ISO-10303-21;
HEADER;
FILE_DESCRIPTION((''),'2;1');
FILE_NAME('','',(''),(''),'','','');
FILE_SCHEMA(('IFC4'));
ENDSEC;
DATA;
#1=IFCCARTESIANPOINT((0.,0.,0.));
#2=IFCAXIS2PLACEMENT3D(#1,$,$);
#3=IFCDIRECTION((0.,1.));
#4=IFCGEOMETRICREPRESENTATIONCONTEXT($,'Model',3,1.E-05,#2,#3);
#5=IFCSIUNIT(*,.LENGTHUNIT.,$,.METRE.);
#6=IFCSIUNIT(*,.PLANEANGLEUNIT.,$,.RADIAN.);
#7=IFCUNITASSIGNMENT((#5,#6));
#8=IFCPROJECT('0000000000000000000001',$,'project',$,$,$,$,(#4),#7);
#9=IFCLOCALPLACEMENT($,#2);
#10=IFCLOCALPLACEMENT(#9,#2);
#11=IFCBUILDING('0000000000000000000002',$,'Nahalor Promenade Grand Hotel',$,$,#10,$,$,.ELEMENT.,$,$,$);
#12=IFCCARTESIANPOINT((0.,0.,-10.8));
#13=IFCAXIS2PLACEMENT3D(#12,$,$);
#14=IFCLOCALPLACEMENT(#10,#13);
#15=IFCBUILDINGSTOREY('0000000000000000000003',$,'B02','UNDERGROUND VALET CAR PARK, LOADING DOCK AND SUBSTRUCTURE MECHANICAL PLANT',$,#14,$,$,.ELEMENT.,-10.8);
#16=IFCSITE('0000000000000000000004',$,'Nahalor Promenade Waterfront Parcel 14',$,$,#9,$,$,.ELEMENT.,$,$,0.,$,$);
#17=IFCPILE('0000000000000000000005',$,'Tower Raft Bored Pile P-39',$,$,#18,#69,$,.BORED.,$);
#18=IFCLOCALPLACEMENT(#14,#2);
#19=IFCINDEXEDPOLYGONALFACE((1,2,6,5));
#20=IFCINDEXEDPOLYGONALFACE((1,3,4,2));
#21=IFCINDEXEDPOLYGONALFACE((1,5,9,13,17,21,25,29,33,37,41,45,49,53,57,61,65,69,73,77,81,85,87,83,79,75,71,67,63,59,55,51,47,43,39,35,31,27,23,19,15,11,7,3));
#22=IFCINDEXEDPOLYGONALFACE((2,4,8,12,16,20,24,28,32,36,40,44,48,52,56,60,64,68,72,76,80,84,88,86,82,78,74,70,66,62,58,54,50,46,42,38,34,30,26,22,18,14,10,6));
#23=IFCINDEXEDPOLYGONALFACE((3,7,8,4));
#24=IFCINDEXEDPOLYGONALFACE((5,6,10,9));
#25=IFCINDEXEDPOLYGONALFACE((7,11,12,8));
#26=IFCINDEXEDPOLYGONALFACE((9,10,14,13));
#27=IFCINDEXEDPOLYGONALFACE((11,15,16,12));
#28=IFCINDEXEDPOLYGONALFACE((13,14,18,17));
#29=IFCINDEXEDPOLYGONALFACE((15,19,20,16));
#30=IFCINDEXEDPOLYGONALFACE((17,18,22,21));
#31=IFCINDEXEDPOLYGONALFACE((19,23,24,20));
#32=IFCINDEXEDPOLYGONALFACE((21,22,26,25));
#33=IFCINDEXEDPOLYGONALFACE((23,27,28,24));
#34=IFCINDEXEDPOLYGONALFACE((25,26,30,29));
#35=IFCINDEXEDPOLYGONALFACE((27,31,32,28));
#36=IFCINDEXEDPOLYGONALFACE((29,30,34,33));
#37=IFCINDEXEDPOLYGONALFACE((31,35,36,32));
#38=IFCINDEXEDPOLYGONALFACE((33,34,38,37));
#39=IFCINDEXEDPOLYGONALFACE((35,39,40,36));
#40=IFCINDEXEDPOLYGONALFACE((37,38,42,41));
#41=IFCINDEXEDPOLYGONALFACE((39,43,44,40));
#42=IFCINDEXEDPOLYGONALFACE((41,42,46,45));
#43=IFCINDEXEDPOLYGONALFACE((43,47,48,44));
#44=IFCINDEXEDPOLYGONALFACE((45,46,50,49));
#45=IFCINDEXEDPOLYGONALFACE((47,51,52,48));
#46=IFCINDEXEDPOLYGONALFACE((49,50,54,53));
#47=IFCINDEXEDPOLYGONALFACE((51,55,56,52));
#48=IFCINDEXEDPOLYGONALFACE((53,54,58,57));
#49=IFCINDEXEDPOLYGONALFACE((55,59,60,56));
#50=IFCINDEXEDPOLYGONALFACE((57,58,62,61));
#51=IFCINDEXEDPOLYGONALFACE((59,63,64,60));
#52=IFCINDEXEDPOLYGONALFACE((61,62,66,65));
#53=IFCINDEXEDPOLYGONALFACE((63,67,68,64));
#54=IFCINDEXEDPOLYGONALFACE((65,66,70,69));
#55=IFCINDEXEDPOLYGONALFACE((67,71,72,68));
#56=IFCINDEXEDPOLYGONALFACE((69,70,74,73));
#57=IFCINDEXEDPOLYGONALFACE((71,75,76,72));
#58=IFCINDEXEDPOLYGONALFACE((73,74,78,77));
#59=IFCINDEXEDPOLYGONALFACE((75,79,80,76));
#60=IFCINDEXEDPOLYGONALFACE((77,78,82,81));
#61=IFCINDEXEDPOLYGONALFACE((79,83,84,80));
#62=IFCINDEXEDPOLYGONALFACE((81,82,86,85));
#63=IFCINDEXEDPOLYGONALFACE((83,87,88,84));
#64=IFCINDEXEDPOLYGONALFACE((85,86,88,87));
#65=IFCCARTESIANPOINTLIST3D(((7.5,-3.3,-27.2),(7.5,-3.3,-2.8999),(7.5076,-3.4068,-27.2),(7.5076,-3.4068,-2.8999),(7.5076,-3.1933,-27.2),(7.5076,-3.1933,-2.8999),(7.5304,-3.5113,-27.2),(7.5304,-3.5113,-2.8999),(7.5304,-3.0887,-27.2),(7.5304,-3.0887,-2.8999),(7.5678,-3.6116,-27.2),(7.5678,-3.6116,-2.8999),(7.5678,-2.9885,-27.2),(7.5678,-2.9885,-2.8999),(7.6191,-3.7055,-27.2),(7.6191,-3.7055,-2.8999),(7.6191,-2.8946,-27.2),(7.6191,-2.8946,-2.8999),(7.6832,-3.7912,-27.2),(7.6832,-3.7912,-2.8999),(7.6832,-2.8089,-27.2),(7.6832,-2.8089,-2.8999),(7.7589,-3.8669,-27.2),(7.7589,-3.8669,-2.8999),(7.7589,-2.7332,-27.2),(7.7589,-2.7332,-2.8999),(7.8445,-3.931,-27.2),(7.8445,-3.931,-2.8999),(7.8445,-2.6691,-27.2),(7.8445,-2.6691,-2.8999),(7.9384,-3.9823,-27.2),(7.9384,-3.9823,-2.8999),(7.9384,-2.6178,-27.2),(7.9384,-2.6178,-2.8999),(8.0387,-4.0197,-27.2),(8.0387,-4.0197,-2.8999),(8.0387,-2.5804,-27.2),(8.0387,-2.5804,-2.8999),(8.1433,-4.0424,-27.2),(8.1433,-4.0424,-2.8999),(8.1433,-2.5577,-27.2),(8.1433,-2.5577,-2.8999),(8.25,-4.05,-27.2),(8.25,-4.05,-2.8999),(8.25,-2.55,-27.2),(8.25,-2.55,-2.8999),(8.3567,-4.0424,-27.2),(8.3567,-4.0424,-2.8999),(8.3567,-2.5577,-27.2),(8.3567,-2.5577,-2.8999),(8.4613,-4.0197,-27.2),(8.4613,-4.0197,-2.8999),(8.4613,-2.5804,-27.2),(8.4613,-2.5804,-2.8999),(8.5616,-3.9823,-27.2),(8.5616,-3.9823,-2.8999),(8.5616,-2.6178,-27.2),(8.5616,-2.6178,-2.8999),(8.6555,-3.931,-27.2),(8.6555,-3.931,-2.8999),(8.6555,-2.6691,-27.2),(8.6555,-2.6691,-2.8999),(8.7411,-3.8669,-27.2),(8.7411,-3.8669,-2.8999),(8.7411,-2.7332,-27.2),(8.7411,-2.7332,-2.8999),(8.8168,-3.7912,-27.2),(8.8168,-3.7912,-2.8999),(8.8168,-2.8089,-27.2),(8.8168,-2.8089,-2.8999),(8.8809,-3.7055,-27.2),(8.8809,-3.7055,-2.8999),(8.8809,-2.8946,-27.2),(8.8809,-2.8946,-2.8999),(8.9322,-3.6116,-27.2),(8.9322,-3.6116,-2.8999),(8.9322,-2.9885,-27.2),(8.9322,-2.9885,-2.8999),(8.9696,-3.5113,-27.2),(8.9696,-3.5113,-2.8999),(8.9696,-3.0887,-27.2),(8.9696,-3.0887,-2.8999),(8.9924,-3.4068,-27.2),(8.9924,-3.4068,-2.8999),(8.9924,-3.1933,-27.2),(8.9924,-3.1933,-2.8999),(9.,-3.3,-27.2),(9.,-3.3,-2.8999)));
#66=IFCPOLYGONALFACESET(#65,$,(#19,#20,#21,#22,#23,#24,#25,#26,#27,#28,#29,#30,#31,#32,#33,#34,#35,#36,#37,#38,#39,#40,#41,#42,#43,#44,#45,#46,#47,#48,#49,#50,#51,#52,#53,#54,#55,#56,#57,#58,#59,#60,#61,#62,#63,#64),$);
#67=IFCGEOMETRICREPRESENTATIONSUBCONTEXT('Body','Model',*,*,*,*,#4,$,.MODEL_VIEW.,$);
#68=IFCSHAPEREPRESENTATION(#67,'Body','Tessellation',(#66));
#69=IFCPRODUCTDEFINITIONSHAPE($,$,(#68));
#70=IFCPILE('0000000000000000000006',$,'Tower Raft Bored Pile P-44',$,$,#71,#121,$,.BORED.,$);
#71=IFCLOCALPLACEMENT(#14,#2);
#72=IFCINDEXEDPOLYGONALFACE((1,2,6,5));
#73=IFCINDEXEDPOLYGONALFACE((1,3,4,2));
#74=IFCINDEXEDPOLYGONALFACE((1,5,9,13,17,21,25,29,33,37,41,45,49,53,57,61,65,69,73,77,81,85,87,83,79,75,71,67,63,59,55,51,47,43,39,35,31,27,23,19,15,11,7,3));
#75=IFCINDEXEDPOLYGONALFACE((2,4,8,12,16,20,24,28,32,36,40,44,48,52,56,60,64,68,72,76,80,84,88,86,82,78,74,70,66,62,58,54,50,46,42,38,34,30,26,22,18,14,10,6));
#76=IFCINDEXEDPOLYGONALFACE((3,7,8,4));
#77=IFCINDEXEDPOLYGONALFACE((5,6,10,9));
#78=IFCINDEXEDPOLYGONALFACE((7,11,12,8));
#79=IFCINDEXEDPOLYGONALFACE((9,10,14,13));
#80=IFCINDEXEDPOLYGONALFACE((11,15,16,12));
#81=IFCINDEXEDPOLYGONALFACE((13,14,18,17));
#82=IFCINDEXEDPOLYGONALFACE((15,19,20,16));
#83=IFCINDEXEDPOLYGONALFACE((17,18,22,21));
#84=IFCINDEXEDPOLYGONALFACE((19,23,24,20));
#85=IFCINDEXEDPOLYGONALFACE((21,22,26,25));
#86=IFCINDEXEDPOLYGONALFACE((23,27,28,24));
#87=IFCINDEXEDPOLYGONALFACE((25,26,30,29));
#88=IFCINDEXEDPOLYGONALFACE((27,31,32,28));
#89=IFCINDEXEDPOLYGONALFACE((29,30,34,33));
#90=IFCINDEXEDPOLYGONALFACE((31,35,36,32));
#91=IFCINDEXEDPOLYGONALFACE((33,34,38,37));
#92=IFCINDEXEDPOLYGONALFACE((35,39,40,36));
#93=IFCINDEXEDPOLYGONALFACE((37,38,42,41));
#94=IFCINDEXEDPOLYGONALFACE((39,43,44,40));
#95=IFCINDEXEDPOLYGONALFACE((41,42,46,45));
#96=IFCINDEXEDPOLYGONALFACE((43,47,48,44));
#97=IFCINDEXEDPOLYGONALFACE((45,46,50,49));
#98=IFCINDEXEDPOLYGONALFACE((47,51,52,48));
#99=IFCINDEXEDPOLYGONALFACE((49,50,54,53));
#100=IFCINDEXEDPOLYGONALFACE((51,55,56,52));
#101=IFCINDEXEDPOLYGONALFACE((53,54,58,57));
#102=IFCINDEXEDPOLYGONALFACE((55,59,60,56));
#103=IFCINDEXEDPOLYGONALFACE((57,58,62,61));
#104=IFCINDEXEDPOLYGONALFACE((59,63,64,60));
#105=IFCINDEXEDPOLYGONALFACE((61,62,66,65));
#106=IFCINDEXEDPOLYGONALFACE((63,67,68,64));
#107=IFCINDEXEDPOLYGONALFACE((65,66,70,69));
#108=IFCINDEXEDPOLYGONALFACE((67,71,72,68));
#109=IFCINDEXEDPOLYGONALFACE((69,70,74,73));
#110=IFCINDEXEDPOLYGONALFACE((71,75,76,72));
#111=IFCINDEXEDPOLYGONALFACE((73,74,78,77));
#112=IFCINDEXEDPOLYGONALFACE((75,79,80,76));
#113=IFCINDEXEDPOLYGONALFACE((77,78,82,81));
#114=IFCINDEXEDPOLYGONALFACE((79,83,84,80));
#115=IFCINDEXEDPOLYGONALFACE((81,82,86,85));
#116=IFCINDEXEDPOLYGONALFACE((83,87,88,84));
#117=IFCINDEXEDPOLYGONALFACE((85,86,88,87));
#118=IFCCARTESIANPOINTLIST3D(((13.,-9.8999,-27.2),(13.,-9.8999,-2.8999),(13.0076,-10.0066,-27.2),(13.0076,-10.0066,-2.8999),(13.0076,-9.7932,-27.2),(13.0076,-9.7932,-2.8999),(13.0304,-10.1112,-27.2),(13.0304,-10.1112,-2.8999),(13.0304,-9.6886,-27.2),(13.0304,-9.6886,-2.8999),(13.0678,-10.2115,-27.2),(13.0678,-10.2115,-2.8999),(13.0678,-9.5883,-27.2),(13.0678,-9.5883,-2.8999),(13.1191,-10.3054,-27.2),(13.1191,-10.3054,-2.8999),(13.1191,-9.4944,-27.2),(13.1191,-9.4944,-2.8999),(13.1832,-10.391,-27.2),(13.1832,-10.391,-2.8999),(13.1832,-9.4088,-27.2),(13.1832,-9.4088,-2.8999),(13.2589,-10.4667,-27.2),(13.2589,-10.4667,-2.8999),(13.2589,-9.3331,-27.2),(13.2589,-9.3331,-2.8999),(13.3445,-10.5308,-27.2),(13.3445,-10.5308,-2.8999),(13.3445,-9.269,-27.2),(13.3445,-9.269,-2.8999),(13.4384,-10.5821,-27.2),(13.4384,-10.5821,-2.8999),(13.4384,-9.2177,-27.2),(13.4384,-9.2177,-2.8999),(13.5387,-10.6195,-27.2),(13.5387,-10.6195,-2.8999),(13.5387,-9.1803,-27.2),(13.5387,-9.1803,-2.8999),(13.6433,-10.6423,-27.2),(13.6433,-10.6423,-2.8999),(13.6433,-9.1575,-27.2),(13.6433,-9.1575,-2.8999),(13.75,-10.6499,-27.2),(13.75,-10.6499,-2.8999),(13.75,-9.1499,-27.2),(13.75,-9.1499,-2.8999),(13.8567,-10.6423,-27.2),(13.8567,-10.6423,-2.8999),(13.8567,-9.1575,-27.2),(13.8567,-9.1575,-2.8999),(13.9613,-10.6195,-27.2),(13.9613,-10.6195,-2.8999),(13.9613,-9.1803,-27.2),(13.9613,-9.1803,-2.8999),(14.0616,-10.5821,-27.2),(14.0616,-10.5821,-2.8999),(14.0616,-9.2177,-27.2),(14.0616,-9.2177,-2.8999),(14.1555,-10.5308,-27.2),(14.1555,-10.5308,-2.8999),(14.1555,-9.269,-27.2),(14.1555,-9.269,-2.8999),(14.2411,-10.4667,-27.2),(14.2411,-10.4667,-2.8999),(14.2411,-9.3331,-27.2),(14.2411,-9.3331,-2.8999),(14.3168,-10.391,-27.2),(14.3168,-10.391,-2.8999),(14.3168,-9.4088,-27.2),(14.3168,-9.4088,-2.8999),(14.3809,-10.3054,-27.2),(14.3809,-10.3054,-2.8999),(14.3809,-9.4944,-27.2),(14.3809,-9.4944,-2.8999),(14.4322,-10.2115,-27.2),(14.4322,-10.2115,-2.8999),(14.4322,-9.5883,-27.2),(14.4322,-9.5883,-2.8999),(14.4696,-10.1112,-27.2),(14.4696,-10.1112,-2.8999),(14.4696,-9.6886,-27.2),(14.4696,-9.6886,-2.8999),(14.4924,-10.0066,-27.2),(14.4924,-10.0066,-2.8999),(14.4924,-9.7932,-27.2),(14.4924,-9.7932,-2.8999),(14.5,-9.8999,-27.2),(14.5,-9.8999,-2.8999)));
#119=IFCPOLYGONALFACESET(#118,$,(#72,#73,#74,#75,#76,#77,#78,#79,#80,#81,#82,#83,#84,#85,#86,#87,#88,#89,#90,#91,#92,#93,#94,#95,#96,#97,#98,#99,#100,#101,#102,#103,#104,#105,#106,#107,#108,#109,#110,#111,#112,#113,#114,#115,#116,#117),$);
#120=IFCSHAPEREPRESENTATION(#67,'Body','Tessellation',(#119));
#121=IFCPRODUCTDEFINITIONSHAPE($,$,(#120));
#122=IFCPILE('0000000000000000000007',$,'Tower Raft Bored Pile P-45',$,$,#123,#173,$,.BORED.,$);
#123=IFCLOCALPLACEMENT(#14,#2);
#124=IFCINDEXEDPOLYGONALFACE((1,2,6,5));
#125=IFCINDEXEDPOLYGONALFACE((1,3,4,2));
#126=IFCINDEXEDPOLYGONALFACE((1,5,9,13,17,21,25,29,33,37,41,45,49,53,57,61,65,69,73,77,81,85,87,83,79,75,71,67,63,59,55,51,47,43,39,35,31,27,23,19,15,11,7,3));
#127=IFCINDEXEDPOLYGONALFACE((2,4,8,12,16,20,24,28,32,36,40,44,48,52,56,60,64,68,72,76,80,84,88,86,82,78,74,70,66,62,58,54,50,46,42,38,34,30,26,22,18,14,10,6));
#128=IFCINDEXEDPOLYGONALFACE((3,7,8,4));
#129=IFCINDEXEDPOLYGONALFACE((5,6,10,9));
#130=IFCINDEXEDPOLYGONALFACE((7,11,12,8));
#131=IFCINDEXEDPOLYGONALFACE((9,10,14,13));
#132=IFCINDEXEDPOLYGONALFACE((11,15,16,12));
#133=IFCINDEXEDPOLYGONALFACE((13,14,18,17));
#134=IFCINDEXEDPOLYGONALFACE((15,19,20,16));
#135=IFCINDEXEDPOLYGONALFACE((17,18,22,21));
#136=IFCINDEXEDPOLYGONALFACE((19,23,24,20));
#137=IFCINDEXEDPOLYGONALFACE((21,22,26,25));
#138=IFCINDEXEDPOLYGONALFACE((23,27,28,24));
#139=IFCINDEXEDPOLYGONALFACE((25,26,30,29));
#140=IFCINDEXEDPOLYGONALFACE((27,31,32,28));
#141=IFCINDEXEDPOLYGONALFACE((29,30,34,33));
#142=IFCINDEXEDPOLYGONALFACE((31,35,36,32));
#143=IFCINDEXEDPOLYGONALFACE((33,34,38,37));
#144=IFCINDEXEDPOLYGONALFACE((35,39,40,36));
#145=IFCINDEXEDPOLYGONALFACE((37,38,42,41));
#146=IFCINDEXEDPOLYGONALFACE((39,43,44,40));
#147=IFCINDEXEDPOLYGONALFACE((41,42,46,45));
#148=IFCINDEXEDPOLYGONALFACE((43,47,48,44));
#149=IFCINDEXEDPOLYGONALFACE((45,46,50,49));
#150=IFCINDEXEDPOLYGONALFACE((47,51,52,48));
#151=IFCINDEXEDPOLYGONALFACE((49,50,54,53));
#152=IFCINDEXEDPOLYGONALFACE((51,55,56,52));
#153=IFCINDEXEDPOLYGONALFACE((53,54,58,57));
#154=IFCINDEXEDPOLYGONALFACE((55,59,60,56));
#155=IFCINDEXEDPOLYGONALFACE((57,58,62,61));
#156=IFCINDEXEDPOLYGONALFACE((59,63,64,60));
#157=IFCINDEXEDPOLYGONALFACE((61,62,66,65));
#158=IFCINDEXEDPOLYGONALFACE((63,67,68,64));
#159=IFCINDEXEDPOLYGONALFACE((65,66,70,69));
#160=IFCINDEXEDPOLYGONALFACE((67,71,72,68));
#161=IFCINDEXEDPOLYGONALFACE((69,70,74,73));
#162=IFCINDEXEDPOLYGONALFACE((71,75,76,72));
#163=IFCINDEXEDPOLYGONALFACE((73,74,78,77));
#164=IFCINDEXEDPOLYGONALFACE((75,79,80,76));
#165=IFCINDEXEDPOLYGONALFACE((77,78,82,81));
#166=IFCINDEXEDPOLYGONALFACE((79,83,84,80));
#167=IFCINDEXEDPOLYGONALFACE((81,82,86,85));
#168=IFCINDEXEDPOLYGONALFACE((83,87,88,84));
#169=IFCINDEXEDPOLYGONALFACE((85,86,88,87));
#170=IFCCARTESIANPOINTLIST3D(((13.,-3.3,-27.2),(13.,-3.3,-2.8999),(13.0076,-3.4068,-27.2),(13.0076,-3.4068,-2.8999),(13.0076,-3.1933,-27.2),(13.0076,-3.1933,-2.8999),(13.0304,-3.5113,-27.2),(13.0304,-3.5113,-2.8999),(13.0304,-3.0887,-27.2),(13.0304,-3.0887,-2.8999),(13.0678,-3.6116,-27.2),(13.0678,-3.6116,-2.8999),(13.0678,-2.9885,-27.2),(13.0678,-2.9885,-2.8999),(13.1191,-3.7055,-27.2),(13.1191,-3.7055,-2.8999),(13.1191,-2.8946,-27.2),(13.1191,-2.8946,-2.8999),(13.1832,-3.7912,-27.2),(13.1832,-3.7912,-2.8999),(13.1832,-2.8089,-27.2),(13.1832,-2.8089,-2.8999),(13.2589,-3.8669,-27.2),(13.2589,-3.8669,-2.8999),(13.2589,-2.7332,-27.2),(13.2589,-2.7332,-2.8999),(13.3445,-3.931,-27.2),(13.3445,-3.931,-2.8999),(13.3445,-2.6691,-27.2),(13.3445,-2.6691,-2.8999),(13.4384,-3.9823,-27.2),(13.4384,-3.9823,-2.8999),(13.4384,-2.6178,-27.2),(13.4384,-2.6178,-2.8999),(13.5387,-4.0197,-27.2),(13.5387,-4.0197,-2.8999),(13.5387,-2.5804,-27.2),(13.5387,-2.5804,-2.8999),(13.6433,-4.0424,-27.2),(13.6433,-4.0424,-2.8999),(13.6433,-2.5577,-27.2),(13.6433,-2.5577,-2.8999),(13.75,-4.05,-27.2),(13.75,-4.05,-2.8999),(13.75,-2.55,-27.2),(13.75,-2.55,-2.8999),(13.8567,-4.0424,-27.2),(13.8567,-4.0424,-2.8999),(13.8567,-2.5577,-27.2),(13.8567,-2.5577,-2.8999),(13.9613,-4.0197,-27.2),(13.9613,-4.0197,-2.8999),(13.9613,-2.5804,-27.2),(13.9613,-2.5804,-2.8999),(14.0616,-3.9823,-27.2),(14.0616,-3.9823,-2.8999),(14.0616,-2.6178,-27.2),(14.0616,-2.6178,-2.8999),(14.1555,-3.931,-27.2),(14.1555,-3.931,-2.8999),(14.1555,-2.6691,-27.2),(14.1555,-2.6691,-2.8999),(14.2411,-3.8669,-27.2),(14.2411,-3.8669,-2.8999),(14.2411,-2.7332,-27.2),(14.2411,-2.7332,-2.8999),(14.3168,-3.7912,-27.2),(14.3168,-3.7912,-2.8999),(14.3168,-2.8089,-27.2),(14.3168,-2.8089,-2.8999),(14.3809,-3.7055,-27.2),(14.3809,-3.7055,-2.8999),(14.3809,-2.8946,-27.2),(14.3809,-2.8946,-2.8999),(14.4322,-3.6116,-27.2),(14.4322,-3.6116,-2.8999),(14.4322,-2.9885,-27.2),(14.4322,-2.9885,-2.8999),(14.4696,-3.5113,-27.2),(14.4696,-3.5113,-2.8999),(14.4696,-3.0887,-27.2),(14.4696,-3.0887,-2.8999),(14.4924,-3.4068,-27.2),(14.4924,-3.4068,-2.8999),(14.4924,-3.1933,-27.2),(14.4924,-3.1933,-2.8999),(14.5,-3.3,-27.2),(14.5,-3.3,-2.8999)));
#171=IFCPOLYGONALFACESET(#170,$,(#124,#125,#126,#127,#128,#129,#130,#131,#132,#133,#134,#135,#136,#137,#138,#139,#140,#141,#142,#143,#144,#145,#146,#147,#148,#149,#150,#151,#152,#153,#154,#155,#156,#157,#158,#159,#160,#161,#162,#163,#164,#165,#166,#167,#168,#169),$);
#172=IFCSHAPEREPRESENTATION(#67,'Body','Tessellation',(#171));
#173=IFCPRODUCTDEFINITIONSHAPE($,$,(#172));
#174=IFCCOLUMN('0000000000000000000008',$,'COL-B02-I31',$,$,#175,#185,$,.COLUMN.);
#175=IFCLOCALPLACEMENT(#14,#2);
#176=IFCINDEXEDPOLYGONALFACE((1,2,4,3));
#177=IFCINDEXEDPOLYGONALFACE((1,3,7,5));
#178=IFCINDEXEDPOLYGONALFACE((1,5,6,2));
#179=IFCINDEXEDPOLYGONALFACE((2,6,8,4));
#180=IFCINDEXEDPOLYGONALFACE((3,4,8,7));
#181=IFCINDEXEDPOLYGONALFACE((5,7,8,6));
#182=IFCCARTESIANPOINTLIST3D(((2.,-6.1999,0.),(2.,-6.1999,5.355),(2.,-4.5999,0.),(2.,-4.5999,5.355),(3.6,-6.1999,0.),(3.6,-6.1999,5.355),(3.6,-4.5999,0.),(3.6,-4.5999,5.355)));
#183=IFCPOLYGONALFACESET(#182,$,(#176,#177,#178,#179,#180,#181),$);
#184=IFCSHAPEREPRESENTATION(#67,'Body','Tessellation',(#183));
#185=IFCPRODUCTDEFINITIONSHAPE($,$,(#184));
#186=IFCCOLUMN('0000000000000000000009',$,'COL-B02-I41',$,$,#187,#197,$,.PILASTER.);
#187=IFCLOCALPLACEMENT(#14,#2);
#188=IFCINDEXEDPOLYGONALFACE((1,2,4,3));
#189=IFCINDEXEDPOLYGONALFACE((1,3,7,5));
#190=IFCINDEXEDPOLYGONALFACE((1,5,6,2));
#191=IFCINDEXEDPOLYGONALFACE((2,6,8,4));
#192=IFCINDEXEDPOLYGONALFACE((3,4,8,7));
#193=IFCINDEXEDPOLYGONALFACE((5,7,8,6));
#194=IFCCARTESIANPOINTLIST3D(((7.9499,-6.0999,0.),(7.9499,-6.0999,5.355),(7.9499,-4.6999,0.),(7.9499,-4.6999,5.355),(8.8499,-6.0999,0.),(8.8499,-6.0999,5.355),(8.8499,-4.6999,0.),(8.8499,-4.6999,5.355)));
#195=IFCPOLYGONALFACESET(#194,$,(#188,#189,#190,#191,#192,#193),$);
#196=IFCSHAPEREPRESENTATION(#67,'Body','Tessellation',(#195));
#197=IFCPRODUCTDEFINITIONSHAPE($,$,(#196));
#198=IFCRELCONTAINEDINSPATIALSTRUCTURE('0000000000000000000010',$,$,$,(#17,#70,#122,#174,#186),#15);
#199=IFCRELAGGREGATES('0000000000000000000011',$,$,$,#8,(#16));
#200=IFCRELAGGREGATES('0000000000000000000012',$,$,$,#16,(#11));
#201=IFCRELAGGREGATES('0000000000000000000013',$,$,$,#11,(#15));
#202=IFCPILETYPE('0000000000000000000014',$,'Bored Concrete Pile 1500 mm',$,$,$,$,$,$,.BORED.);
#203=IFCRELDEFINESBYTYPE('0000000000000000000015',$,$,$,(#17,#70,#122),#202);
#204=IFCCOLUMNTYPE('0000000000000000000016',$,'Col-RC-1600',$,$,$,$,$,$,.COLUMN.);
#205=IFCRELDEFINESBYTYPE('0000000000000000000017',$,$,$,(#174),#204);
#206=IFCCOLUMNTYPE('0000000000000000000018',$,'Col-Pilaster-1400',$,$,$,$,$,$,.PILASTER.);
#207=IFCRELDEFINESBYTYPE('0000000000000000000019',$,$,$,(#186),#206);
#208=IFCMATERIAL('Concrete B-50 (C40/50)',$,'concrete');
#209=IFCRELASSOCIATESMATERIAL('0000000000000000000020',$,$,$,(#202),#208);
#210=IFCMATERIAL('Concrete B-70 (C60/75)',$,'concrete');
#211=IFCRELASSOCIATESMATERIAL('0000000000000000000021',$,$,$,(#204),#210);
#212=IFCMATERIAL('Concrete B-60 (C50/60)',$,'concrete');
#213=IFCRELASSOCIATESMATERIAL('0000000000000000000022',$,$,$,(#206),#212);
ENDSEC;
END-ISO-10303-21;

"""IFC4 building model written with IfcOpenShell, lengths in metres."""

from ifc_helpers import new_model, si_unit, direction, frame, origin, origin_2d, place, context, subcontext, project, spatial, rectangle, circle, extrude, source, transform, mapped, material, material_profile, profile_set, type_object, element, save


model = new_model("IFC4")

# Units and contexts
model_context = context("Model", 3, precision=1e-05, world=origin(), true_north=direction((0.0, 1.0)))
body_context = subcontext(model_context, "Body", "Model", "MODEL_VIEW")
ifc_project = project(units=[si_unit("LENGTHUNIT", "METRE"), si_unit("PLANEANGLEUNIT", "RADIAN")], contexts=[model_context])

# Site, building, storey
site_placement = place(None, origin())
site = spatial("IfcSite", under=ifc_project, at=site_placement, Name="Nahalor Promenade Waterfront Parcel 14", CompositionType="ELEMENT", RefElevation=0.0)
building_placement = place(site_placement, origin())
building = spatial("IfcBuilding", under=site, at=building_placement, Name="Nahalor Promenade Grand Hotel", CompositionType="ELEMENT")
storey_placement = place(building_placement, frame((0.0, 0.0, -10.8)))
storey = spatial("IfcBuildingStorey", under=building, at=storey_placement, Name="B02", Description="UNDERGROUND VALET CAR PARK, LOADING DOCK AND SUBSTRUCTURE MECHANICAL PLANT", CompositionType="ELEMENT", Elevation=-10.8)

# Piles
ifc_material_1 = material(Name="Concrete B-50 (C40/50)", Category="concrete")
ifc_material_profile_1 = material_profile(ifc_material_1, circle(Radius=0.75, at=origin_2d()), Name="PILE D1500")
ifc_profile_set_1 = profile_set([ifc_material_profile_1], Name="Concrete B-50 (C40/50)")
pile_type = type_object("IfcPileType", Name="Bored Concrete Pile 1500 mm", PredefinedType="BORED", material=ifc_profile_set_1)
shared_shape_1 = source(origin(), body_context, "Body", "SweptSolid", [
    extrude(circle(Radius=0.75, at=origin_2d()), origin(), (0.0, 0.0, 1.0), 24.3),
])
for number, where, z_axis, x_axis, name in (
    (1, (8.25, -3.3, -2.8999), (0.0, 0.0, -1.0), (1.0, 0.0, 0.0), "Tower Raft Bored Pile P-39"),
    (2, (13.75, -9.8999, -2.8999), (0.0, 0.0, -1.0), (1.0, 0.0, 0.0), "Tower Raft Bored Pile P-44"),
    (3, (13.75, -3.3, -2.8999), (0.0, 0.0, -1.0), (1.0, 0.0, 0.0), "Tower Raft Bored Pile P-45"),
):
    element("IfcPile", number, at=place(storey_placement, frame(where, z_axis=z_axis, x_axis=x_axis)), inside=storey, type_object=pile_type, Name=name, PredefinedType="BORED", context=body_context, shape_type="MappedRepresentation", body=[
        mapped(shared_shape_1, transform((0.0, 0.0, 0.0), scale=1.0)),
    ])

# Columns
ifc_material_2 = material(Name="Concrete B-70 (C60/75)", Category="concrete")
ifc_material_profile_2 = material_profile(ifc_material_2, rectangle(XDim=1.6, YDim=1.6, at=origin_2d()), Name="RC 1600x1600")
ifc_profile_set_2 = profile_set([ifc_material_profile_2], Name="Concrete B-70 (C60/75)")
column_type_1 = type_object("IfcColumnType", Name="Col-RC-1600", PredefinedType="COLUMN", material=ifc_profile_set_2)
shared_shape_2 = source(origin(), body_context, "Body", "SweptSolid", [
    extrude(rectangle(XDim=1.6, YDim=1.6, at=origin_2d()), origin(), (0.0, 0.0, 1.0), 5.355),
])
column_1_placement = place(storey_placement, frame((2.8, -5.3999, 0.0), z_axis=(0.0, 0.0, 1.0), x_axis=(1.0, 0.0, 0.0)))
element("IfcColumn", 4, at=column_1_placement, inside=storey, type_object=column_type_1, Name="COL-B02-I31", PredefinedType="COLUMN", context=body_context, shape_type="MappedRepresentation", body=[
    mapped(shared_shape_2, transform((0.0, 0.0, 0.0), scale=1.0)),
])
ifc_material_3 = material(Name="Concrete B-60 (C50/60)", Category="concrete")
ifc_material_profile_3 = material_profile(ifc_material_3, rectangle(XDim=0.9, YDim=1.4, at=origin_2d()), Name="RC 900x1400")
ifc_profile_set_3 = profile_set([ifc_material_profile_3], Name="Concrete B-60 (C50/60)")
column_type_2 = type_object("IfcColumnType", Name="Col-Pilaster-1400", PredefinedType="PILASTER", material=ifc_profile_set_3)
shared_shape_3 = source(origin(), body_context, "Body", "SweptSolid", [
    extrude(rectangle(XDim=0.9, YDim=1.4, at=origin_2d()), origin(), (0.0, 0.0, 1.0), 5.355),
])
column_2_placement = place(storey_placement, frame((8.3999, -5.3999, 0.0), z_axis=(0.0, 0.0, 1.0), x_axis=(1.0, 0.0, 0.0)))
element("IfcColumn", 5, at=column_2_placement, inside=storey, type_object=column_type_2, Name="COL-B02-I41", PredefinedType="PILASTER", context=body_context, shape_type="MappedRepresentation", body=[
    mapped(shared_shape_3, transform((0.0, 0.0, 0.0), scale=1.0)),
])

save(model, "model.ifc")
